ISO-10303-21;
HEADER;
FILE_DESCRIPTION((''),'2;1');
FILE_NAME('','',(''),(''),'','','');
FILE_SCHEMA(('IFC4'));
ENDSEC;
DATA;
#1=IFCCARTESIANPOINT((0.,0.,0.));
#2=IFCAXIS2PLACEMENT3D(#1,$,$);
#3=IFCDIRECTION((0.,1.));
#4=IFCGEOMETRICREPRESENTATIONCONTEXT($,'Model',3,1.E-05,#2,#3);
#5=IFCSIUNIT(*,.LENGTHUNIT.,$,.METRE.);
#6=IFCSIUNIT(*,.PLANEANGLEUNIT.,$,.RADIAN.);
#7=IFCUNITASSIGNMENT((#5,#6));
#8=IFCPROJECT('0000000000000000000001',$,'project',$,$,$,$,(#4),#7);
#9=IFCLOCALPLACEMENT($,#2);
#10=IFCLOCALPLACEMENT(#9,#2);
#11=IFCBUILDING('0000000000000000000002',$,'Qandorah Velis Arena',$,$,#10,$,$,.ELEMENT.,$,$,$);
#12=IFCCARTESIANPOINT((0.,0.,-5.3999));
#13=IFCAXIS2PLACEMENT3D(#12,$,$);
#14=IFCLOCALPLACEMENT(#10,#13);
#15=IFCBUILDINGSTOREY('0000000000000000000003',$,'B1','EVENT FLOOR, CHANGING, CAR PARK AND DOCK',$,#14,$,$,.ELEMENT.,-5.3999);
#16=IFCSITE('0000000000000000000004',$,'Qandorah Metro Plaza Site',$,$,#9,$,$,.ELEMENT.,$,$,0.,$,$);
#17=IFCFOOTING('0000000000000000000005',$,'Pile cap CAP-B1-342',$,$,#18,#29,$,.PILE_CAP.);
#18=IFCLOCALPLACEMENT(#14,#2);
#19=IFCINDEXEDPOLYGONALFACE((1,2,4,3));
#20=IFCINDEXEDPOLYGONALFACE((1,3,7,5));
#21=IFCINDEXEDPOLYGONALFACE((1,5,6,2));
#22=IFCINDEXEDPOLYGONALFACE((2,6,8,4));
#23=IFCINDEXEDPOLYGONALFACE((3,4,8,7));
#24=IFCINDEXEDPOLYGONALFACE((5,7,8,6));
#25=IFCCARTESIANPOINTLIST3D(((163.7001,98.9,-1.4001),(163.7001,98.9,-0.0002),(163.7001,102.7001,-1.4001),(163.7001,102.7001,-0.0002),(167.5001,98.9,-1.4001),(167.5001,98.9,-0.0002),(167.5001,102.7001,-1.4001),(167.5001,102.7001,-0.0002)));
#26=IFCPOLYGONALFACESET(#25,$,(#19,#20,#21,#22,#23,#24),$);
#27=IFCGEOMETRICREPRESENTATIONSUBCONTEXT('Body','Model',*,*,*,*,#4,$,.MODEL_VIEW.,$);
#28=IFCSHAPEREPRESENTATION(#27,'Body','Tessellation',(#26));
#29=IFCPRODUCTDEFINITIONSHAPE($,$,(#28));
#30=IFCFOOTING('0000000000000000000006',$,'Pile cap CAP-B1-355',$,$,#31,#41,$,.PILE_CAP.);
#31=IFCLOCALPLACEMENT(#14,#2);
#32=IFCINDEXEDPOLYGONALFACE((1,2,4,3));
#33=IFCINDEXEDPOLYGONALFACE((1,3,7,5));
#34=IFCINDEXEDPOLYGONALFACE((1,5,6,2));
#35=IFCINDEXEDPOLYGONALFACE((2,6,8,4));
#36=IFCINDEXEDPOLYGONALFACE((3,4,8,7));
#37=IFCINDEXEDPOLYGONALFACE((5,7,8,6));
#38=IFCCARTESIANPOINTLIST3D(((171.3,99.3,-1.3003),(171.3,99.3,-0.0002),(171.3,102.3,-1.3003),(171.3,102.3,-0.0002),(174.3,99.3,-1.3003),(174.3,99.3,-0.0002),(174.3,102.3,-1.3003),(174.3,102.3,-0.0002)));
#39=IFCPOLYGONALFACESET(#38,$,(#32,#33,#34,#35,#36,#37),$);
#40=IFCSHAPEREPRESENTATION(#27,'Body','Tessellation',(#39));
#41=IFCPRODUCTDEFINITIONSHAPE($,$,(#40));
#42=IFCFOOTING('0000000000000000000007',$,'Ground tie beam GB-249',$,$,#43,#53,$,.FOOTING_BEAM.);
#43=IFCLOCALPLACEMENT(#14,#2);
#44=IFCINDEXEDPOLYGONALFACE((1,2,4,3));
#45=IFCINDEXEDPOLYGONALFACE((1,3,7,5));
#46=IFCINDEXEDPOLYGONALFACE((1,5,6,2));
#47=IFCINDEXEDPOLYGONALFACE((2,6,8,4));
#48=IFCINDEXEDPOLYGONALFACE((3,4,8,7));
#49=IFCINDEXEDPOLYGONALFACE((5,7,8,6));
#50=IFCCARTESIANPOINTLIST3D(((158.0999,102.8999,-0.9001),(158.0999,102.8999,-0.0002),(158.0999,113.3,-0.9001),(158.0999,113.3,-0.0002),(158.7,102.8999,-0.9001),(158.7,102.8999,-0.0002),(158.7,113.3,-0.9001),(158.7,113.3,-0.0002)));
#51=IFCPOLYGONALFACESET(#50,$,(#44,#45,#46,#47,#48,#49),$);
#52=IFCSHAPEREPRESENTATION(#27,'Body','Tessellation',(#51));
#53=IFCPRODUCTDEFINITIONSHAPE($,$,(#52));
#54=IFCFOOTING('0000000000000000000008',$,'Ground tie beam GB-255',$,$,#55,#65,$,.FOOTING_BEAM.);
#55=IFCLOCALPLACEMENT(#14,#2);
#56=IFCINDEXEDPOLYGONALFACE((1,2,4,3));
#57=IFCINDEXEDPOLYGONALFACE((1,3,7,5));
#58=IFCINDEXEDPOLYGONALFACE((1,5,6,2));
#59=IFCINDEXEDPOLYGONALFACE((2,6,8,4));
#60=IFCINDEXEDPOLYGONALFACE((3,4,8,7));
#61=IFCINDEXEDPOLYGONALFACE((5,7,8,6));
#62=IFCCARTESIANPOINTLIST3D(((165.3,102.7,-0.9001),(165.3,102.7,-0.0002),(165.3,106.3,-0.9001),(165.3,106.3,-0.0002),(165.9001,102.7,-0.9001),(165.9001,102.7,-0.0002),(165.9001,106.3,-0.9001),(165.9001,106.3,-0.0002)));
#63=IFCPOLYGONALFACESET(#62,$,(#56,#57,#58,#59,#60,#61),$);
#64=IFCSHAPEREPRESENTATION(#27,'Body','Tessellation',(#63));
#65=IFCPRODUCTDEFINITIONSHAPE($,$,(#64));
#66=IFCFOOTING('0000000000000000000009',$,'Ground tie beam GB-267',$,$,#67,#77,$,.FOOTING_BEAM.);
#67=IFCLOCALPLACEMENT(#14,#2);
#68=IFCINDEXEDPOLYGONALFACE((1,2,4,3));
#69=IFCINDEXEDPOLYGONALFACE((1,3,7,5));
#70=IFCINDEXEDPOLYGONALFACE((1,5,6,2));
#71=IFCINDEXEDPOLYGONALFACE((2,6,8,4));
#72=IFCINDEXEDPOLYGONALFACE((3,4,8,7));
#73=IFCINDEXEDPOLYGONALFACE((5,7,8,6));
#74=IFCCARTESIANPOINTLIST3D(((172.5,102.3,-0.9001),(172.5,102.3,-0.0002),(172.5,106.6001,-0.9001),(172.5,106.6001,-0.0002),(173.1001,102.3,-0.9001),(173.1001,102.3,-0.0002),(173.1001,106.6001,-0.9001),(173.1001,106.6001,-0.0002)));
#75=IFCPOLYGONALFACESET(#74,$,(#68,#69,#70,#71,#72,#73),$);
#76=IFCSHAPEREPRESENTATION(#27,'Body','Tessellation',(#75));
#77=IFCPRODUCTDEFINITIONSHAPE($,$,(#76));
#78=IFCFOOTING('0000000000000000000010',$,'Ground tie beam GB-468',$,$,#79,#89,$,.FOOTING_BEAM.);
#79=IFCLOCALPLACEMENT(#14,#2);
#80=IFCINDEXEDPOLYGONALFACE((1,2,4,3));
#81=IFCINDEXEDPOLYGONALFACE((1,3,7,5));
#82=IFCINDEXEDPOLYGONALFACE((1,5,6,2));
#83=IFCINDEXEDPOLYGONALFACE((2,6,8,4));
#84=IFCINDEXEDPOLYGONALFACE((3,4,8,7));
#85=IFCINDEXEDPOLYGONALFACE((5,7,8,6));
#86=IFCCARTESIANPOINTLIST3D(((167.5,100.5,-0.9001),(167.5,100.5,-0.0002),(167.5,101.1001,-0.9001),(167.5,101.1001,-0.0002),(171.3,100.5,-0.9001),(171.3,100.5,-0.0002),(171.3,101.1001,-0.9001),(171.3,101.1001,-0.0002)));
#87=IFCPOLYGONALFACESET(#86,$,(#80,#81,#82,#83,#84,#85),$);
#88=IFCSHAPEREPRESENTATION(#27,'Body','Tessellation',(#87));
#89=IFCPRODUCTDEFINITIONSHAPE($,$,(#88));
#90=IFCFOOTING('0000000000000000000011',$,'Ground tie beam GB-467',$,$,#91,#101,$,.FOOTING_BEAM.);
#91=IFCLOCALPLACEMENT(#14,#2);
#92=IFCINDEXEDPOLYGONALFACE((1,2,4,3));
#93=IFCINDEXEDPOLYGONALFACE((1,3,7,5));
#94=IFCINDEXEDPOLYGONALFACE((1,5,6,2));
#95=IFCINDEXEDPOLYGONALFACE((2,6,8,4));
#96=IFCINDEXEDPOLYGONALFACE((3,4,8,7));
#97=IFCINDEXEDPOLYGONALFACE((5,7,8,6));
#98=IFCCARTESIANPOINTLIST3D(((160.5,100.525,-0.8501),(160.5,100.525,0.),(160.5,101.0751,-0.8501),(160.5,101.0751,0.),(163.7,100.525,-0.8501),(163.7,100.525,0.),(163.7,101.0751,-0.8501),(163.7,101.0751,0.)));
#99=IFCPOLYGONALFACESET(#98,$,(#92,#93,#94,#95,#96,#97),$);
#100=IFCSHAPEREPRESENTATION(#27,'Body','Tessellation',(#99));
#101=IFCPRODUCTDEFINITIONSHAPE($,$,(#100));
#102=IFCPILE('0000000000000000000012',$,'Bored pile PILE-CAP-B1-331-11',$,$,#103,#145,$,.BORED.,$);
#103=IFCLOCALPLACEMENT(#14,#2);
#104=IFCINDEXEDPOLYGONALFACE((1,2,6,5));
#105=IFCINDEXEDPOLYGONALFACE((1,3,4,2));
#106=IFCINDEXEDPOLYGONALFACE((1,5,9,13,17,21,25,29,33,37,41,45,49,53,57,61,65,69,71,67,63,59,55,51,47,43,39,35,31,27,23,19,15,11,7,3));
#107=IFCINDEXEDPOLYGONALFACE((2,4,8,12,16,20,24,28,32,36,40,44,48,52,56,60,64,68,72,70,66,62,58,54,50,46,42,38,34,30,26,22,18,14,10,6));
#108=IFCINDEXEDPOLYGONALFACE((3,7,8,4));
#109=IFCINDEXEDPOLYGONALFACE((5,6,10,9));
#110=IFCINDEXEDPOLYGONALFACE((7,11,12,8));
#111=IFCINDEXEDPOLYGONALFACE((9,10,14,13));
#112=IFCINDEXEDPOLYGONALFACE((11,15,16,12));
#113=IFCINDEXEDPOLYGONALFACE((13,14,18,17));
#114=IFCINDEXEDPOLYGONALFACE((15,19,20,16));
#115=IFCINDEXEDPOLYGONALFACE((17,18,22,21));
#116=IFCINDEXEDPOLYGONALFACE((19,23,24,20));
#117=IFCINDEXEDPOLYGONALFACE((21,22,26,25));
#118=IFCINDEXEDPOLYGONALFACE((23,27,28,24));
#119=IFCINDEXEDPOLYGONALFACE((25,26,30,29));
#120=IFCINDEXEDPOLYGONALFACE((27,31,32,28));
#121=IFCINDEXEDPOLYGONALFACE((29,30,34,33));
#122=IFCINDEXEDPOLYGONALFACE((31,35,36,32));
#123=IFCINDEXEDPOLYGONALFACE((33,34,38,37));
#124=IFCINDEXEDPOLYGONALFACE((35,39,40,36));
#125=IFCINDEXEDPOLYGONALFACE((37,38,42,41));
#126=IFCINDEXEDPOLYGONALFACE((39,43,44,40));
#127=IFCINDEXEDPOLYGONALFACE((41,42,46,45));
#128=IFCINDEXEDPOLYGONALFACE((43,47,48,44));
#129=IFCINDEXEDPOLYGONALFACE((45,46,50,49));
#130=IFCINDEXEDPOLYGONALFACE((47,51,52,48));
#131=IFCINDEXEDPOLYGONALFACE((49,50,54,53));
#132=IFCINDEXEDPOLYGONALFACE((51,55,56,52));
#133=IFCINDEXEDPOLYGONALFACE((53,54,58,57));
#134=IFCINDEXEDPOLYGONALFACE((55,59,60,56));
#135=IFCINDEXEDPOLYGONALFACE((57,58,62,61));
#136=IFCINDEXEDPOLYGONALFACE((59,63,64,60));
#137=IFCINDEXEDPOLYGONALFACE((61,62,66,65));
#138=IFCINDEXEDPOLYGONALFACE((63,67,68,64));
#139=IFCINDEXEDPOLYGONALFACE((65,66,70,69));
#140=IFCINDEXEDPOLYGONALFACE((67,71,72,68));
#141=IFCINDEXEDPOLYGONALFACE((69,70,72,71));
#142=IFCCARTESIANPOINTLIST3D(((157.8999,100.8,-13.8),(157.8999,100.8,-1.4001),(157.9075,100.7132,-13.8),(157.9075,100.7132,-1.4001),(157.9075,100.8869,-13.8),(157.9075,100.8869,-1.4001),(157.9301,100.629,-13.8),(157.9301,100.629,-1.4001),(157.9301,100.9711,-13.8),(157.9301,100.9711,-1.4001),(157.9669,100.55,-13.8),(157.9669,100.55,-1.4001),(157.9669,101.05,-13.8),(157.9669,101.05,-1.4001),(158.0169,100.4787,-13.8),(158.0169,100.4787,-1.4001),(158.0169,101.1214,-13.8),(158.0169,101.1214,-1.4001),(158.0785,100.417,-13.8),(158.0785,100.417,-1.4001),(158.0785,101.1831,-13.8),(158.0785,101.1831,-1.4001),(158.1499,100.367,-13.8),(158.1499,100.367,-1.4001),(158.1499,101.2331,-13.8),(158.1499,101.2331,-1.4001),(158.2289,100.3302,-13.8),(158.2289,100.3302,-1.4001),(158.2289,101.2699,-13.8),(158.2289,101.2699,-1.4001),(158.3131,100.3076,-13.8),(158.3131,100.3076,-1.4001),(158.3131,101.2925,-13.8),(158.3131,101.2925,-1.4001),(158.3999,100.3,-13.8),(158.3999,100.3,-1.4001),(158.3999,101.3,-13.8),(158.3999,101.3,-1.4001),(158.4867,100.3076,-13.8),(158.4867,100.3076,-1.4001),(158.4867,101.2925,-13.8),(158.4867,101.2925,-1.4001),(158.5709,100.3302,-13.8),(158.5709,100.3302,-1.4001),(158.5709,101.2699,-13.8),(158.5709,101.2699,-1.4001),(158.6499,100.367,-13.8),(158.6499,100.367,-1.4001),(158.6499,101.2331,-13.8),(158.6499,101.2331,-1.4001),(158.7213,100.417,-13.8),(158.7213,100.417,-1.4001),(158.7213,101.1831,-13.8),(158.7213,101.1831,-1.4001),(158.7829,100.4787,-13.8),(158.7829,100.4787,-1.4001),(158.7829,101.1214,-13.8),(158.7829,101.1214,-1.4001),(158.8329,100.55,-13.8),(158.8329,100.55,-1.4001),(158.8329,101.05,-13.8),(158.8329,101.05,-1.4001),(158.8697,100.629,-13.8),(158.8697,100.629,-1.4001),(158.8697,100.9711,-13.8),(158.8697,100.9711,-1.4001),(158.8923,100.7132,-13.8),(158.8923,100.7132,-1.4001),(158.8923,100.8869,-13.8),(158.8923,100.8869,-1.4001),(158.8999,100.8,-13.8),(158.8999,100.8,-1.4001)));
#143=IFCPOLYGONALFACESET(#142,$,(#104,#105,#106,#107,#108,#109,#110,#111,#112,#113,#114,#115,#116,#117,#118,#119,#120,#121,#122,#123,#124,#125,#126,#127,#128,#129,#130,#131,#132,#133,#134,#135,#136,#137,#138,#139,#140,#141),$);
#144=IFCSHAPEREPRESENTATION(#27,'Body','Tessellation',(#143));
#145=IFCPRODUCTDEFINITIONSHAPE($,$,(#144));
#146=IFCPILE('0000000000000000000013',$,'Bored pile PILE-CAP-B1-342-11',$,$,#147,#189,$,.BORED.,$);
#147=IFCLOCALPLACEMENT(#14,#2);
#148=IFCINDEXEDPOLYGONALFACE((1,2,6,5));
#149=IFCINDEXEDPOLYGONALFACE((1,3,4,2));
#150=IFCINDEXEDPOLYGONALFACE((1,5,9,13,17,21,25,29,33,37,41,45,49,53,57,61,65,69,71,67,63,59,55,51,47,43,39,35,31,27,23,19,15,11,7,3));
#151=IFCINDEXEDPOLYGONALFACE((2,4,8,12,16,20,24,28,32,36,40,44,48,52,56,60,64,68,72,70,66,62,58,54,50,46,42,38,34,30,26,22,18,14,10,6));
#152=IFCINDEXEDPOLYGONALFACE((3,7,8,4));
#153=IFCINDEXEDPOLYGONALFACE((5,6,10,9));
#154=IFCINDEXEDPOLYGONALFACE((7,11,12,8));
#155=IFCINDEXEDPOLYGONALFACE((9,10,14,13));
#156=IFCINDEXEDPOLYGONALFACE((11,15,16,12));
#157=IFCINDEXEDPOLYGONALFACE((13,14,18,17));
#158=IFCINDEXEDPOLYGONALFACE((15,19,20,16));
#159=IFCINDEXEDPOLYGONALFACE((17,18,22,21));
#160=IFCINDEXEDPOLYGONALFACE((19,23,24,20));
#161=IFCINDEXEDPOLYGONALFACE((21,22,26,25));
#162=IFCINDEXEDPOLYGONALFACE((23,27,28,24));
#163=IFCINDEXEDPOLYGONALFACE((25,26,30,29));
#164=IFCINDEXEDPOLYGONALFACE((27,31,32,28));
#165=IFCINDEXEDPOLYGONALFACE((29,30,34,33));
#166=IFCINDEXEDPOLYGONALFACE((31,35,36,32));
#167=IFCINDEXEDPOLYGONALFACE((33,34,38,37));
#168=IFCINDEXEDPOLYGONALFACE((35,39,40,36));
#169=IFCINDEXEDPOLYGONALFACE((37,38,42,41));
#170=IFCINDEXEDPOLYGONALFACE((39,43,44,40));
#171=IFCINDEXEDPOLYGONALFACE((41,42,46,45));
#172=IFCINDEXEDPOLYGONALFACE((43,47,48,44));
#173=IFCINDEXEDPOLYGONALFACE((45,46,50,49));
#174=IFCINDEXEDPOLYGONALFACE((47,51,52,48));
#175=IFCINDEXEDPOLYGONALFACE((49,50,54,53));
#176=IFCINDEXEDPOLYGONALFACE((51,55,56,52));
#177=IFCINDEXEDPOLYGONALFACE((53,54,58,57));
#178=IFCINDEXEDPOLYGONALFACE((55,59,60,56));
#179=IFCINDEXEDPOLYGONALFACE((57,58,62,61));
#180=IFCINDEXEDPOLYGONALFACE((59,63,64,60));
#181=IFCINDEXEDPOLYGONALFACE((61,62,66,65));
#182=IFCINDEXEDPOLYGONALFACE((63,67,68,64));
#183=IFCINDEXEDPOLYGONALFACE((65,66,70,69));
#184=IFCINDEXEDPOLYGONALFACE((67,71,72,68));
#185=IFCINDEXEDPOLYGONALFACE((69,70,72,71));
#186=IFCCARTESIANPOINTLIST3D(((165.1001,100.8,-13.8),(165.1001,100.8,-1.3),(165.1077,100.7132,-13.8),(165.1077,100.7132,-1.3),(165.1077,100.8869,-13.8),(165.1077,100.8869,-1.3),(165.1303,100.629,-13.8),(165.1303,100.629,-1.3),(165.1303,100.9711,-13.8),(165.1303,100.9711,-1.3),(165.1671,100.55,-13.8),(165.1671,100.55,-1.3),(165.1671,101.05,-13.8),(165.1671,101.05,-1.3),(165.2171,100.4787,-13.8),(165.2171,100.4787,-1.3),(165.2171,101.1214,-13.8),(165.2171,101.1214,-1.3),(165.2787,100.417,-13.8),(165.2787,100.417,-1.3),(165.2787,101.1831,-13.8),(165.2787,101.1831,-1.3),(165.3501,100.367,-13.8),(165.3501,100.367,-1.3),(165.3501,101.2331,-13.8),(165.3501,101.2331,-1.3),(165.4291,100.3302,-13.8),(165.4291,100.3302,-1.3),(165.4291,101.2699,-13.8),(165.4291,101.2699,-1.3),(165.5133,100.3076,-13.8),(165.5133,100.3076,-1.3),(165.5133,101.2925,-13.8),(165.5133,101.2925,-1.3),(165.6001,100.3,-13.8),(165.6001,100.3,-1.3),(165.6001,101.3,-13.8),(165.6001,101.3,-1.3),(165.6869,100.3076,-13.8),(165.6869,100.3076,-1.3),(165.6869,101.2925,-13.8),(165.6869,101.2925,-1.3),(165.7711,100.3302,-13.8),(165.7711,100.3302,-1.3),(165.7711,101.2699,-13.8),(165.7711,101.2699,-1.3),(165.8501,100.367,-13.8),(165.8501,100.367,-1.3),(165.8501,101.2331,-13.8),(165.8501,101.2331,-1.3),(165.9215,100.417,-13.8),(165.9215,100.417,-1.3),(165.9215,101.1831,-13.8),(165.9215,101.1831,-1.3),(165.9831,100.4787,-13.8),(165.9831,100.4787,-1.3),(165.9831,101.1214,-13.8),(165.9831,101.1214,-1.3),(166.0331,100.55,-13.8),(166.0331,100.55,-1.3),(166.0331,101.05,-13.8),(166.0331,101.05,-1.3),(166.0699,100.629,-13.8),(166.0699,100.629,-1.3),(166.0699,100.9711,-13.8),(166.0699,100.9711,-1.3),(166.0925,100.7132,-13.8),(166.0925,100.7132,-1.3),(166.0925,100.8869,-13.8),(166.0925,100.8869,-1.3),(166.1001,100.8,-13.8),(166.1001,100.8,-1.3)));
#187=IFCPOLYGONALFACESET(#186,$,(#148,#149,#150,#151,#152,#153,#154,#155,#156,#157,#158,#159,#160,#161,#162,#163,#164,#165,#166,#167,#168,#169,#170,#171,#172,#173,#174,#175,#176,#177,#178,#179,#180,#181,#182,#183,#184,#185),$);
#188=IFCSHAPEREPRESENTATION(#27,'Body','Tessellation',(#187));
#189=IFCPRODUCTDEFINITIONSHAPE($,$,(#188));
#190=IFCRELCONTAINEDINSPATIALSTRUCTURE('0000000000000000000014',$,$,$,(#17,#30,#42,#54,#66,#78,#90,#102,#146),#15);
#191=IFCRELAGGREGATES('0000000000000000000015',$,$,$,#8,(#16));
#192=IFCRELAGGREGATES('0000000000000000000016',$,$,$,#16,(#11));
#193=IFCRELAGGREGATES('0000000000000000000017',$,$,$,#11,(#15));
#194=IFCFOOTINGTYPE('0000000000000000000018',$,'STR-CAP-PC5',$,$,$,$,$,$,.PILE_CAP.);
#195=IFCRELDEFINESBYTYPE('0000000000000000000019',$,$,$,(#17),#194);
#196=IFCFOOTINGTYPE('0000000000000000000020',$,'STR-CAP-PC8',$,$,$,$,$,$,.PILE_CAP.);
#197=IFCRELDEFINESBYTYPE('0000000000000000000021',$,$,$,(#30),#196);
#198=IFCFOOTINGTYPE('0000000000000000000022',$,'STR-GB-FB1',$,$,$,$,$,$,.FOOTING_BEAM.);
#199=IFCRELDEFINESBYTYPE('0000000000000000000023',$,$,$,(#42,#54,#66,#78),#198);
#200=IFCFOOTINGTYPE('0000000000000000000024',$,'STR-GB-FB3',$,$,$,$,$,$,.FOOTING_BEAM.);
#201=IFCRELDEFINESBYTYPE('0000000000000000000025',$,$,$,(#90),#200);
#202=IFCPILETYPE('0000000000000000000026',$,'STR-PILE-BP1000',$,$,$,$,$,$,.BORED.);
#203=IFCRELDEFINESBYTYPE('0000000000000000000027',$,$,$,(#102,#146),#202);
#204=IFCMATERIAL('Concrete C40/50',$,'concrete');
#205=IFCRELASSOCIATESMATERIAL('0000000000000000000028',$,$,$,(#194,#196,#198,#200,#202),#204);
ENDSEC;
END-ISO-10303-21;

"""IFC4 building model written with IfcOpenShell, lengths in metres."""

from ifc_helpers import new_model, si_unit, direction, frame, origin, origin_2d, place, context, subcontext, project, spatial, rectangle, circle, extrude, material, material_profile, profile_set, type_object, element, save


model = new_model("IFC4")

# Units and contexts
model_context = context("Model", 3, precision=1e-05, world=origin(), true_north=direction((0.0, 1.0)))
body_context = subcontext(model_context, "Body", "Model", "MODEL_VIEW")
ifc_project = project(units=[si_unit("LENGTHUNIT", "METRE"), si_unit("PLANEANGLEUNIT", "RADIAN")], contexts=[model_context])

# Site, building, storey
site_placement = place(None, origin())
site = spatial("IfcSite", under=ifc_project, at=site_placement, Name="Qandorah Metro Plaza Site", CompositionType="ELEMENT", RefElevation=0.0)
building_placement = place(site_placement, origin())
building = spatial("IfcBuilding", under=site, at=building_placement, Name="Qandorah Velis Arena", CompositionType="ELEMENT")
storey_placement = place(building_placement, frame((0.0, 0.0, -5.3999)))
storey = spatial("IfcBuildingStorey", under=building, at=storey_placement, Name="B1", Description="EVENT FLOOR, CHANGING, CAR PARK AND DOCK", CompositionType="ELEMENT", Elevation=-5.3999)

# Footings
ifc_material_1 = material(Name="Concrete C40/50", Category="concrete")
footing_type_1 = type_object("IfcFootingType", Name="STR-CAP-PC5", PredefinedType="PILE_CAP", material=ifc_material_1)
footing_1_placement = place(storey_placement, frame((165.6001, 100.8, -1.4001), z_axis=(0.0, 0.0, 1.0), x_axis=(1.0, 0.0, 0.0)))
element("IfcFooting", 1, at=footing_1_placement, inside=storey, type_object=footing_type_1, Name="Pile cap CAP-B1-342", PredefinedType="PILE_CAP", context=body_context, shape_type="SweptSolid", body=[
    extrude(rectangle(XDim=3.8, YDim=3.8, at=origin_2d()), origin(), (0.0, 0.0, 1.0), 1.3999),
])
footing_type_2 = type_object("IfcFootingType", Name="STR-CAP-PC8", PredefinedType="PILE_CAP", material=ifc_material_1)
footing_2_placement = place(storey_placement, frame((172.8, 100.8, -1.3003), z_axis=(0.0, 0.0, 1.0), x_axis=(1.0, 0.0, 0.0)))
element("IfcFooting", 2, at=footing_2_placement, inside=storey, type_object=footing_type_2, Name="Pile cap CAP-B1-355", PredefinedType="PILE_CAP", context=body_context, shape_type="SweptSolid", body=[
    extrude(rectangle(XDim=3.0, YDim=3.0, at=origin_2d()), origin(), (0.0, 0.0, 1.0), 1.3),
])
ifc_material_profile_1 = material_profile(ifc_material_1, rectangle(XDim=0.6001, YDim=0.8999, at=origin_2d()), Name="GB1 600x900")
ifc_profile_set_1 = profile_set([ifc_material_profile_1], Name="Concrete C40/50")
footing_type_3 = type_object("IfcFootingType", Name="STR-GB-FB1", PredefinedType="FOOTING_BEAM", material=ifc_profile_set_1)
footing_3_placement = place(storey_placement, frame((158.3999, 102.8999, -0.4502), z_axis=(0.0, 1.0, 0.0), x_axis=(-1.0, 0.0, 0.0)))
element("IfcFooting", 3, at=footing_3_placement, inside=storey, type_object=footing_type_3, Name="Ground tie beam GB-249", PredefinedType="FOOTING_BEAM", context=body_context, shape_type="SweptSolid", body=[
    extrude(rectangle(XDim=0.6001, YDim=0.8999, at=origin_2d()), origin(), (0.0, 0.0, 1.0), 10.4001),
])
footing_4_placement = place(storey_placement, frame((165.6001, 102.7, -0.4502), z_axis=(0.0, 1.0, 0.0), x_axis=(-1.0, 0.0, 0.0)))
element("IfcFooting", 4, at=footing_4_placement, inside=storey, type_object=footing_type_3, Name="Ground tie beam GB-255", PredefinedType="FOOTING_BEAM", context=body_context, shape_type="SweptSolid", body=[
    extrude(rectangle(XDim=0.6001, YDim=0.8999, at=origin_2d()), origin(), (0.0, 0.0, 1.0), 3.6001),
])
footing_5_placement = place(storey_placement, frame((172.8, 102.3, -0.4502), z_axis=(0.0, 1.0, 0.0), x_axis=(-1.0, 0.0, 0.0)))
element("IfcFooting", 5, at=footing_5_placement, inside=storey, type_object=footing_type_3, Name="Ground tie beam GB-267", PredefinedType="FOOTING_BEAM", context=body_context, shape_type="SweptSolid", body=[
    extrude(rectangle(XDim=0.6001, YDim=0.8999, at=origin_2d()), origin(), (0.0, 0.0, 1.0), 4.3),
])
footing_6_placement = place(storey_placement, frame((167.5, 100.8, -0.4502), z_axis=(1.0, 0.0, 0.0), x_axis=(0.0, 1.0, 0.0)))
element("IfcFooting", 6, at=footing_6_placement, inside=storey, type_object=footing_type_3, Name="Ground tie beam GB-468", PredefinedType="FOOTING_BEAM", context=body_context, shape_type="SweptSolid", body=[
    extrude(rectangle(XDim=0.6001, YDim=0.8999, at=origin_2d()), origin(), (0.0, 0.0, 1.0), 3.8),
])
ifc_material_profile_2 = material_profile(ifc_material_1, rectangle(XDim=0.55, YDim=0.8501, at=origin_2d()), Name="GB3 550x850")
ifc_profile_set_2 = profile_set([ifc_material_profile_2], Name="Concrete C40/50")
footing_type_4 = type_object("IfcFootingType", Name="STR-GB-FB3", PredefinedType="FOOTING_BEAM", material=ifc_profile_set_2)
footing_7_placement = place(storey_placement, frame((160.5, 100.8, -0.425), z_axis=(1.0, 0.0, 0.0), x_axis=(0.0, 1.0, 0.0)))
element("IfcFooting", 7, at=footing_7_placement, inside=storey, type_object=footing_type_4, Name="Ground tie beam GB-467", PredefinedType="FOOTING_BEAM", context=body_context, shape_type="SweptSolid", body=[
    extrude(rectangle(XDim=0.55, YDim=0.8501, at=origin_2d()), origin(), (0.0, 0.0, 1.0), 3.2),
])

# Piles
ifc_material_profile_3 = material_profile(ifc_material_1, circle(Radius=0.5, at=origin_2d()), Name="BORED PILE D1000")
ifc_profile_set_3 = profile_set([ifc_material_profile_3], Name="Concrete C40/50")
pile_type_1 = type_object("IfcPileType", Name="STR-PILE-BP1000", PredefinedType="BORED", material=ifc_profile_set_3)
pile_1_placement = place(storey_placement, frame((158.3999, 100.8, -1.4001), z_axis=(0.0, 0.0, -1.0), x_axis=(1.0, 0.0, 0.0)))
element("IfcPile", 8, at=pile_1_placement, inside=storey, type_object=pile_type_1, Name="Bored pile PILE-CAP-B1-331-11", PredefinedType="BORED", context=body_context, shape_type="SweptSolid", body=[
    extrude(circle(Radius=0.5, at=origin_2d()), origin(), (0.0, 0.0, 1.0), 12.3999),
])
pile_2_placement = place(storey_placement, frame((165.6001, 100.8, -1.3), z_axis=(0.0, 0.0, -1.0), x_axis=(1.0, 0.0, 0.0)))
element("IfcPile", 9, at=pile_2_placement, inside=storey, type_object=pile_type_1, Name="Bored pile PILE-CAP-B1-342-11", PredefinedType="BORED", context=body_context, shape_type="SweptSolid", body=[
    extrude(circle(Radius=0.5, at=origin_2d()), origin(), (0.0, 0.0, 1.0), 12.5),
])

save(model, "model.ifc")
